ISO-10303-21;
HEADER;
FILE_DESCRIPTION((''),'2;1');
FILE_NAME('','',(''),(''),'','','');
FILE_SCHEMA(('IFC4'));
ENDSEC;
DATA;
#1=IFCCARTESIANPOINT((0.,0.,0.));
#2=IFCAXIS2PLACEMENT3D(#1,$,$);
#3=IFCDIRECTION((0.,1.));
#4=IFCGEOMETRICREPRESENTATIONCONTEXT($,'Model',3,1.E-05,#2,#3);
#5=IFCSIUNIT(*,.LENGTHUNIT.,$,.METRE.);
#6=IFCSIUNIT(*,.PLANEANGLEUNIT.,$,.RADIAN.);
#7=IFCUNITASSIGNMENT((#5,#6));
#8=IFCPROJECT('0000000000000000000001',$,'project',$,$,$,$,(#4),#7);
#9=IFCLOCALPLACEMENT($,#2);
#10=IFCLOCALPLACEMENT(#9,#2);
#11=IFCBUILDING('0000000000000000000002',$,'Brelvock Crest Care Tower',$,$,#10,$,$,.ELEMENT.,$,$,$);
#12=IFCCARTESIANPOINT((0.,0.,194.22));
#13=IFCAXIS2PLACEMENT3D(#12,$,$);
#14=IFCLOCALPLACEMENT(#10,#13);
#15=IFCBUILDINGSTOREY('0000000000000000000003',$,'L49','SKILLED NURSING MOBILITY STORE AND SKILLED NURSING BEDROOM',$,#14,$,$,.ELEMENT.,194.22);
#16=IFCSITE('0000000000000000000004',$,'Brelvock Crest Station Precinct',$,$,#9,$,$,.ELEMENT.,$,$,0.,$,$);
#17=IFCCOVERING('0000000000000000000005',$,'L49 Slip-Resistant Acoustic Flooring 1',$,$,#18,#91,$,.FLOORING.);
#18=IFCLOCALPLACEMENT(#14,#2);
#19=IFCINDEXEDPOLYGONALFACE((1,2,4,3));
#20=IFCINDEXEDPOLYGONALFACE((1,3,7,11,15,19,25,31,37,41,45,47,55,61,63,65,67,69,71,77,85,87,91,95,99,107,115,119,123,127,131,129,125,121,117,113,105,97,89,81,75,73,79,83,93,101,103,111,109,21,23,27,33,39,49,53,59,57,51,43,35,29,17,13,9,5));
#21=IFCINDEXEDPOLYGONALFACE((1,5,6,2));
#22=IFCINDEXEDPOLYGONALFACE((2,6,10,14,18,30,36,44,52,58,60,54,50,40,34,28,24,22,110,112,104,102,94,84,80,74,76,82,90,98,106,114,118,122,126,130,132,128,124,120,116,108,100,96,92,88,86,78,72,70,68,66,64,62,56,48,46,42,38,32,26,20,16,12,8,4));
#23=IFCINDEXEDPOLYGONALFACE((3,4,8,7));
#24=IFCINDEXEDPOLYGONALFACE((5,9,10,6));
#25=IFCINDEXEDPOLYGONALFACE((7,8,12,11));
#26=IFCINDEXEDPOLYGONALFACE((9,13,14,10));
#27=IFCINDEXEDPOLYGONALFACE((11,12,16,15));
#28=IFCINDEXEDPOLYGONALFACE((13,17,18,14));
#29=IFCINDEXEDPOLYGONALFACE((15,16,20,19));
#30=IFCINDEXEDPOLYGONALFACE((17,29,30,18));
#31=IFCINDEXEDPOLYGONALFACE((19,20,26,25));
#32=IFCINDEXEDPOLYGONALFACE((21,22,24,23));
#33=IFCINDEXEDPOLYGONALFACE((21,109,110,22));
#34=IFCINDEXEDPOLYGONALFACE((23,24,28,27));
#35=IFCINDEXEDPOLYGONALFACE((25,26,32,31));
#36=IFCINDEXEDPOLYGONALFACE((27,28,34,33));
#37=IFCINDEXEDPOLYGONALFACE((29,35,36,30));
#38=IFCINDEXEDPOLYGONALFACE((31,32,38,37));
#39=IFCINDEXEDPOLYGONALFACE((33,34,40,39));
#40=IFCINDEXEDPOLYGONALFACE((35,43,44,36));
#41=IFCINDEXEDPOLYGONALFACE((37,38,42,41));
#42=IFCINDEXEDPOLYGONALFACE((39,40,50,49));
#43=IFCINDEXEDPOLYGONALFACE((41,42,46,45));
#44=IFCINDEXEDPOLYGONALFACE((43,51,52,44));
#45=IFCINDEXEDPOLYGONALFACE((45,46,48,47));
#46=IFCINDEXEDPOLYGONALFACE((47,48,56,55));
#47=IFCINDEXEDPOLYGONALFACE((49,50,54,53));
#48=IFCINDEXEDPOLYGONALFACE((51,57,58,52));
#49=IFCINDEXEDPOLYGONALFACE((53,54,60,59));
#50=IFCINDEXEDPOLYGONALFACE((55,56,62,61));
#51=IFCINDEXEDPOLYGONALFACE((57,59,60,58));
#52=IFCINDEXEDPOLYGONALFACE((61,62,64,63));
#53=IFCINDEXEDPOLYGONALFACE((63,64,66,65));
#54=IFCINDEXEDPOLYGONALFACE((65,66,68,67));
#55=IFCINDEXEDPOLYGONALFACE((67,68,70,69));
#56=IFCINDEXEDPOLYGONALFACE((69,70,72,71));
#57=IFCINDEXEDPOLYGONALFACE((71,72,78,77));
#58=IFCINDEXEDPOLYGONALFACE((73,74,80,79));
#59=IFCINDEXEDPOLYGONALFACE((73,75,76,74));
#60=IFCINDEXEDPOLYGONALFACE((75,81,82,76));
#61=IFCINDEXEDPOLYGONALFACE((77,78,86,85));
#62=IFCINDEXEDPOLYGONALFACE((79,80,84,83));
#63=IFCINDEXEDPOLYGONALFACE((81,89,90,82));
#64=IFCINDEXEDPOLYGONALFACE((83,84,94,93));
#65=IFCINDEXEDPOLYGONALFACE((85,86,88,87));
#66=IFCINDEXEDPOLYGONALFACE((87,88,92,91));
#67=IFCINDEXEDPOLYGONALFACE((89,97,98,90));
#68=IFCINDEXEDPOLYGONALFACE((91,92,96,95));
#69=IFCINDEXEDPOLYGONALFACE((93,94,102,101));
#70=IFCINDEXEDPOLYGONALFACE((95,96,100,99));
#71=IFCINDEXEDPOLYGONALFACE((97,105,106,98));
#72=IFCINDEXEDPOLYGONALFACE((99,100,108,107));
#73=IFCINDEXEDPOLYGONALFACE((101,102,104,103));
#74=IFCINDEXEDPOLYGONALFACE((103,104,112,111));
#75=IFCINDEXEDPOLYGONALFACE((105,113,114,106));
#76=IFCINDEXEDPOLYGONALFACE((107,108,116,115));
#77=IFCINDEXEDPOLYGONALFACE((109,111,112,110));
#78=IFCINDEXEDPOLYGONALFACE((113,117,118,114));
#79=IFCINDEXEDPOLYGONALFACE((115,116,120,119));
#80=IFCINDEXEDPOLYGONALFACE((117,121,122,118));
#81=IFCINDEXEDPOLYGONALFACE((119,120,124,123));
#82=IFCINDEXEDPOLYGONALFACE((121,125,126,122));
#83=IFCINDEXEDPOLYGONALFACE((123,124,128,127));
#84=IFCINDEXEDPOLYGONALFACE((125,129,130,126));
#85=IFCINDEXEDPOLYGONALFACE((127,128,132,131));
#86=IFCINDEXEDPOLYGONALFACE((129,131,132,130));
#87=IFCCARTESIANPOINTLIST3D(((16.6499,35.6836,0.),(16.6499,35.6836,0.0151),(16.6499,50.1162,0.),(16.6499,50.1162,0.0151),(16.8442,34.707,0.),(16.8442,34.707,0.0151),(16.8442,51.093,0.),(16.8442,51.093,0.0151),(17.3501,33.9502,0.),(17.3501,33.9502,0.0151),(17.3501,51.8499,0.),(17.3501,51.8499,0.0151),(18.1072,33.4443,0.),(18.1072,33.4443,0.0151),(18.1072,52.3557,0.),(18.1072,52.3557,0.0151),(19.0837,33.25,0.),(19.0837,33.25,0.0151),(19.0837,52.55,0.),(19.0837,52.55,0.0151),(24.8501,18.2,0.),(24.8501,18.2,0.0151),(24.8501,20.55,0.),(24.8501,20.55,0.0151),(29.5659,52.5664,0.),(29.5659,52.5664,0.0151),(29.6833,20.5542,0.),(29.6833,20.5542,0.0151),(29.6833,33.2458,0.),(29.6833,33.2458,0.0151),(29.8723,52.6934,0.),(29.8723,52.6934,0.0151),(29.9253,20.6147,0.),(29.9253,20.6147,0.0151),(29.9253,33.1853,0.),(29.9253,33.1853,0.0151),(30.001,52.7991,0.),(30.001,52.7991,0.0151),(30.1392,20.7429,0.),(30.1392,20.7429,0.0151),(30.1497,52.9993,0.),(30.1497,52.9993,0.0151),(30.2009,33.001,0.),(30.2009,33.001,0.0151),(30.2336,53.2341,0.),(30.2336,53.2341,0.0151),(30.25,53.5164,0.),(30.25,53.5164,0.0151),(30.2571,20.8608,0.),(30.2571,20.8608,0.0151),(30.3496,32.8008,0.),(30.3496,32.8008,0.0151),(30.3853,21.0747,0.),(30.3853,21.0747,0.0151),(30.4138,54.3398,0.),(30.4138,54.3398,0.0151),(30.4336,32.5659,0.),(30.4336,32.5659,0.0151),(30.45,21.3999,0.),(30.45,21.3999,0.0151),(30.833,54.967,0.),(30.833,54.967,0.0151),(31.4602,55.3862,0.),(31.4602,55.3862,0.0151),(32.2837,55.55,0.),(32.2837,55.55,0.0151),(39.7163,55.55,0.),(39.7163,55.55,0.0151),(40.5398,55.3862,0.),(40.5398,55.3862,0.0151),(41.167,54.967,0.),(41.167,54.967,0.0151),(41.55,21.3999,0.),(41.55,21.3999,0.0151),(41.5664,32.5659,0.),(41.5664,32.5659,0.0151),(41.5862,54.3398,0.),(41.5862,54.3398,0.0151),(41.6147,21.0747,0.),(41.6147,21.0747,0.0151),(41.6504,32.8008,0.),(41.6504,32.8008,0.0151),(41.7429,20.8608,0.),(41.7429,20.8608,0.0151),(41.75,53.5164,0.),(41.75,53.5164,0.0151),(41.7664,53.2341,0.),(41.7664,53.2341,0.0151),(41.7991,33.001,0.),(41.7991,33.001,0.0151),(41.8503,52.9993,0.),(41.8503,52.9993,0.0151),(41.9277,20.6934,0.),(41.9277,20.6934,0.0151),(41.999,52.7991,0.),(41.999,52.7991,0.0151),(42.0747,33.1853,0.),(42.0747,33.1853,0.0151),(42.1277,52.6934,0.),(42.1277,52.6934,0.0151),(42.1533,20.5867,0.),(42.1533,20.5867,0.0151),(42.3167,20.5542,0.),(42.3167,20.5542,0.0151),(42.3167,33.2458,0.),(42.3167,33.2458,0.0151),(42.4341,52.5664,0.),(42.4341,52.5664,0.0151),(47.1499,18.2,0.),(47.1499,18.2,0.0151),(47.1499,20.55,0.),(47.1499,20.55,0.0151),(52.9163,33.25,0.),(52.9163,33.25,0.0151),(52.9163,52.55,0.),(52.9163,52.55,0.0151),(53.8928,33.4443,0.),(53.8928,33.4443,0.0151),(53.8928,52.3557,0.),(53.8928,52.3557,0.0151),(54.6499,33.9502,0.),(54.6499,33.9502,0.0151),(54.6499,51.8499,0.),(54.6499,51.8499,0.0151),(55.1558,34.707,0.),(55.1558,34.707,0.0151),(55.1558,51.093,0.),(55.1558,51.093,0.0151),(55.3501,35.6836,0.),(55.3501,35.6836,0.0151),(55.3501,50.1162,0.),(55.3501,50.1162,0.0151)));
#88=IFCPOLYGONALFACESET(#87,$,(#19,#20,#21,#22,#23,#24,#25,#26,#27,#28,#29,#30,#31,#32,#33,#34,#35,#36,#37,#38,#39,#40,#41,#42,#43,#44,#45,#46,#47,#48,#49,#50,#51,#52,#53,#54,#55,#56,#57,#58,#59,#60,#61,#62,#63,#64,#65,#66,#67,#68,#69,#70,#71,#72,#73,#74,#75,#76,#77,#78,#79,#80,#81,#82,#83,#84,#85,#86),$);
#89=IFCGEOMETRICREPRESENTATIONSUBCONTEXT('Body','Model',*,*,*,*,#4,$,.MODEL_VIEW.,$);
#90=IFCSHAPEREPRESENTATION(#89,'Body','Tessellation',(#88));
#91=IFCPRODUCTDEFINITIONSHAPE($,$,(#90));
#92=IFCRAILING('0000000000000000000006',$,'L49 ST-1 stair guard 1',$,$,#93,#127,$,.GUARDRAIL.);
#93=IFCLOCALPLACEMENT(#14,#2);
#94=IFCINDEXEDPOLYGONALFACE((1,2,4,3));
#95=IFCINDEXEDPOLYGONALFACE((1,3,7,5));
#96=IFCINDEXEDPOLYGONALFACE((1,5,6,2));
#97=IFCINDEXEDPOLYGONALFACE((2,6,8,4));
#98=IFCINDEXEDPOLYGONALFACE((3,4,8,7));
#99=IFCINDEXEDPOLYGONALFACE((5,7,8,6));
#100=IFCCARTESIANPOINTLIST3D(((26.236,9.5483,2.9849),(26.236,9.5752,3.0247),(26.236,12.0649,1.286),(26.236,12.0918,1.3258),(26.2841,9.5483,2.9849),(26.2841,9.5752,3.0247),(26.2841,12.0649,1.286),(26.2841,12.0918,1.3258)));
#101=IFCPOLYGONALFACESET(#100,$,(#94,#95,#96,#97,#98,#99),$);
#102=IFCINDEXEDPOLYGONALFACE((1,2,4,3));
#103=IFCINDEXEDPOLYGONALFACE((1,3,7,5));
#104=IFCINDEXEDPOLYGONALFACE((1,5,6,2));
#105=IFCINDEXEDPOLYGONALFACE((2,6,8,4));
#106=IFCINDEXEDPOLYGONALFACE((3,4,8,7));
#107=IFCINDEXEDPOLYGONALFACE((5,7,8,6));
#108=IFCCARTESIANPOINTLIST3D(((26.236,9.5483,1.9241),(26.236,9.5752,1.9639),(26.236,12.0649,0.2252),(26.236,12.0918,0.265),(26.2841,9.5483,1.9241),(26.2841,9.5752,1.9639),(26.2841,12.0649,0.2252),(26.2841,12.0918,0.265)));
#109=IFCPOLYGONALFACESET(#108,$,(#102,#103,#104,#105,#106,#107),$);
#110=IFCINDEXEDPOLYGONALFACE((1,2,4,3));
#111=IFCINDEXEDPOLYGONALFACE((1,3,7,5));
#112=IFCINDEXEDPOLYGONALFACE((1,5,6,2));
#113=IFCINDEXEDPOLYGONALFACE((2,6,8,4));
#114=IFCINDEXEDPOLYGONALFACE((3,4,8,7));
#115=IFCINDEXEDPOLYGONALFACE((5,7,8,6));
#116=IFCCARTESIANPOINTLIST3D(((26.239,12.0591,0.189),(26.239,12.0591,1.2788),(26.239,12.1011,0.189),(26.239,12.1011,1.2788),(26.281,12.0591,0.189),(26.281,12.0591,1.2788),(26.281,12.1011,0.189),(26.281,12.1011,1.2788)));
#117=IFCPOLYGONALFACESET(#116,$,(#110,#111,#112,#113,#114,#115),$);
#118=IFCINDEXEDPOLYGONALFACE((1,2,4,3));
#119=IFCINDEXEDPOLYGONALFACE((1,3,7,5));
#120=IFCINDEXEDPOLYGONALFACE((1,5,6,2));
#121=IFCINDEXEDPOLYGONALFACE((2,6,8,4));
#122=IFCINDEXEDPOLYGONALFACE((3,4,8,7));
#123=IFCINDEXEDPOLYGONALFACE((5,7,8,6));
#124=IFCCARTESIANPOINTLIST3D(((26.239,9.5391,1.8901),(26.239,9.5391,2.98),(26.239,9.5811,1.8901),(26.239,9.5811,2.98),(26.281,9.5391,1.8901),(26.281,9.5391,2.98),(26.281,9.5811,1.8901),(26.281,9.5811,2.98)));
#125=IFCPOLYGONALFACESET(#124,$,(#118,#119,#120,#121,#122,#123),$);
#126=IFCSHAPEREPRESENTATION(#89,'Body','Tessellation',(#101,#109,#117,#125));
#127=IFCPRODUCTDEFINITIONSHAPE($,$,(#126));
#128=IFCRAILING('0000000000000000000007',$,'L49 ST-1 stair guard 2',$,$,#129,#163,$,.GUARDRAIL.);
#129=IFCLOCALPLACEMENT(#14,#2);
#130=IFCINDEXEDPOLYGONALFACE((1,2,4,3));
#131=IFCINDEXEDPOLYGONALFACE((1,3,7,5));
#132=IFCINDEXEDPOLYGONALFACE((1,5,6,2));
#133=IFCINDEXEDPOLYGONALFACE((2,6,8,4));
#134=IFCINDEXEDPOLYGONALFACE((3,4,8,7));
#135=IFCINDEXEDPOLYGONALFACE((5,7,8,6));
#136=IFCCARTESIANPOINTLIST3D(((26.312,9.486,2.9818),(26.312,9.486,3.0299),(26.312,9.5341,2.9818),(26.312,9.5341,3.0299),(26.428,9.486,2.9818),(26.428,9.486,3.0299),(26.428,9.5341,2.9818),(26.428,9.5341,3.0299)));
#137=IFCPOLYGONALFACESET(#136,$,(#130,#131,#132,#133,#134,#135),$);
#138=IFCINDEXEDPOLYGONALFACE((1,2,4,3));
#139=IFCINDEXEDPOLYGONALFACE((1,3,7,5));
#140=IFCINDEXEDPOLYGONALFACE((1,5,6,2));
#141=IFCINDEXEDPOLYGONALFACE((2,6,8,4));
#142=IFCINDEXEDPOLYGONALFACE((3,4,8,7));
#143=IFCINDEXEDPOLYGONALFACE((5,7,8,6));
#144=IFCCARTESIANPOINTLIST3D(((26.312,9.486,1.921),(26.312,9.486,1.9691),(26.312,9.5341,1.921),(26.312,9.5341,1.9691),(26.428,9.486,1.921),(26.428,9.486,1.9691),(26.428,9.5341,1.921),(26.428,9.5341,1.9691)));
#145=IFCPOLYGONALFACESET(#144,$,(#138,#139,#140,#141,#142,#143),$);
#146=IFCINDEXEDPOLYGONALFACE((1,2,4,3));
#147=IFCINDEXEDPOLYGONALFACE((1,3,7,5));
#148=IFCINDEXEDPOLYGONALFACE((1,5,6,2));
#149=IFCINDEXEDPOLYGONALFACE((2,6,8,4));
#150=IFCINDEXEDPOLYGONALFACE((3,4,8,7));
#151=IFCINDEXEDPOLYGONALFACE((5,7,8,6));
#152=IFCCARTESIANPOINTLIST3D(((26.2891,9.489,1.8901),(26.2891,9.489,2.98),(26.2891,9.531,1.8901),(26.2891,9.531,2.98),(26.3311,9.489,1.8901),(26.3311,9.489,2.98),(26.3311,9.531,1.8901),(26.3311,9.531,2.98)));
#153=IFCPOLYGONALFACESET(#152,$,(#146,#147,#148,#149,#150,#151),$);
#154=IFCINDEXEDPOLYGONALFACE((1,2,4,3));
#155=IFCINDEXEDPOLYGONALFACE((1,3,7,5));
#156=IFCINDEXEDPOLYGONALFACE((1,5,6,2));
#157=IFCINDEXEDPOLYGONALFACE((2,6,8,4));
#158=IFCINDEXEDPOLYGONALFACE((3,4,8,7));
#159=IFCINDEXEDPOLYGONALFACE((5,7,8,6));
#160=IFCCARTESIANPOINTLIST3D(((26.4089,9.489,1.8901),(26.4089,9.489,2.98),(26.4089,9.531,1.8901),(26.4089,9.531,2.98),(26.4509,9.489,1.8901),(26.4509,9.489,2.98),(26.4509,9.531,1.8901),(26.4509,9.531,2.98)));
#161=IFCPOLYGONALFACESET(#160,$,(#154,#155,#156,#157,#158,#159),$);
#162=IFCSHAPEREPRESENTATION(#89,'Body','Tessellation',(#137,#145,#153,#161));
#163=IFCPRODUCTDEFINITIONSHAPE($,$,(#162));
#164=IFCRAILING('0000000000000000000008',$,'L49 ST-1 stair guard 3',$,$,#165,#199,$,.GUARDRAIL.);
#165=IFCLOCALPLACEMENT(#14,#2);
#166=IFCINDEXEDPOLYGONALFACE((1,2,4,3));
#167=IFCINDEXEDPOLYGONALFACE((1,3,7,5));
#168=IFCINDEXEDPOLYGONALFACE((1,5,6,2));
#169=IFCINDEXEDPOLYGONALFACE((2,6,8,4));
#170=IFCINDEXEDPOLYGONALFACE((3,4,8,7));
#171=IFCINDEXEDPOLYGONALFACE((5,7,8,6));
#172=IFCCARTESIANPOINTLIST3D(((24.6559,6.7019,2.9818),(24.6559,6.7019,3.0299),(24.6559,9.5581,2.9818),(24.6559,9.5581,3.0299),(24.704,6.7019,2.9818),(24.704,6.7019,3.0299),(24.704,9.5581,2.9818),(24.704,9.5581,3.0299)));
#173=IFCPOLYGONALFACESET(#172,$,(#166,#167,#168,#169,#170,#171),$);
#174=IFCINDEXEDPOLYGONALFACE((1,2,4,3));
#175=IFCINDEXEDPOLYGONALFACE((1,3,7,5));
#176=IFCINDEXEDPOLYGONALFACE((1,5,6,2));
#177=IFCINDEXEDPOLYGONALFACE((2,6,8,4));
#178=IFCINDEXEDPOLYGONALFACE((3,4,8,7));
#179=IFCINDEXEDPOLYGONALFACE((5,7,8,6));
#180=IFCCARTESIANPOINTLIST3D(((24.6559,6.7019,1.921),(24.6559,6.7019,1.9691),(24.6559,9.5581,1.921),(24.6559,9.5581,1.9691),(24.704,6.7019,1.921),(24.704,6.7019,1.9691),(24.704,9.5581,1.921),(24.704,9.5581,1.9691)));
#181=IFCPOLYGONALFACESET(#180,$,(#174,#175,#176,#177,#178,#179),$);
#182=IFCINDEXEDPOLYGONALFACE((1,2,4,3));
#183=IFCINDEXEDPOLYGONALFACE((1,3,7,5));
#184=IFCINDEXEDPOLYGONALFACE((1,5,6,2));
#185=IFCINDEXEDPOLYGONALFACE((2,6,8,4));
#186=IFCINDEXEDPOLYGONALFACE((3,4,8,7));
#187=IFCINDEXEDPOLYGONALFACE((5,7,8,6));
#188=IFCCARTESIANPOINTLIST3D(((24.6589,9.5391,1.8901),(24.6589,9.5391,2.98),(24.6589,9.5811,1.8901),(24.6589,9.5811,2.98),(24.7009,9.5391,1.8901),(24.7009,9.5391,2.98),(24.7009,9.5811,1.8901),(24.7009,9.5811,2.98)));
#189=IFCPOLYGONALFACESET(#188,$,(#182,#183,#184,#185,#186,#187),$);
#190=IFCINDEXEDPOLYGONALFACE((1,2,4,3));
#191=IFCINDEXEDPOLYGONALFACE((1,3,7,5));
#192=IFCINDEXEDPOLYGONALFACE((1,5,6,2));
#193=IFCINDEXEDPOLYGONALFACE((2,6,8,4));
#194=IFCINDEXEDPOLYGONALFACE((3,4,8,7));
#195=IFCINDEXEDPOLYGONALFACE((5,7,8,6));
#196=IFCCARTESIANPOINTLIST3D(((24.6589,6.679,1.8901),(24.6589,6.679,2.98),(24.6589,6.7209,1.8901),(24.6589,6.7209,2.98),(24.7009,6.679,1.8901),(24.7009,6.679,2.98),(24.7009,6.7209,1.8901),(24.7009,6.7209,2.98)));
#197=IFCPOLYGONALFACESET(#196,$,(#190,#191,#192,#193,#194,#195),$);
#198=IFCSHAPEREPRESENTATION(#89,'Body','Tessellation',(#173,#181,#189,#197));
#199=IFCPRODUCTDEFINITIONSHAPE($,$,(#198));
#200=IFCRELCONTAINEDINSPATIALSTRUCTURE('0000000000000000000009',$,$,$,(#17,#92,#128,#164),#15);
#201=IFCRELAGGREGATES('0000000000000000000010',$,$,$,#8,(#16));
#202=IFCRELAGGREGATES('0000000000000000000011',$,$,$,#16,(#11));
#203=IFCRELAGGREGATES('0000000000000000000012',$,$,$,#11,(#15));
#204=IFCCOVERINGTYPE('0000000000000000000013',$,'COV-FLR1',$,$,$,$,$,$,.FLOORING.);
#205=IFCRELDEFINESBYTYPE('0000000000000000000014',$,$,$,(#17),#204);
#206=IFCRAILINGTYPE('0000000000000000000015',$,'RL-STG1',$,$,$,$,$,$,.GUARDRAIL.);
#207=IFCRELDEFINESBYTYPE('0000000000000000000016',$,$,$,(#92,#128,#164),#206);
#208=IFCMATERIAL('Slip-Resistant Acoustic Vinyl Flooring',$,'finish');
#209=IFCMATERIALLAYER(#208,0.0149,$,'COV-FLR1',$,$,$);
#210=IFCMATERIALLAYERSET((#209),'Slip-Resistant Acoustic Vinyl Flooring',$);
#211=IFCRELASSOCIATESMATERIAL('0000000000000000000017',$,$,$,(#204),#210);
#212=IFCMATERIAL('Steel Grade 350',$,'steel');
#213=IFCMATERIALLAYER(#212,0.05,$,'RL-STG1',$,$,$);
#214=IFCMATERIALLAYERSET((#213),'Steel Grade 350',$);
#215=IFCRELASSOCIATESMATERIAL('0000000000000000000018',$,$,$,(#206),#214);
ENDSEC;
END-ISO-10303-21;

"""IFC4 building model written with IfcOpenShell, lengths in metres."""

from ifc_helpers import new_model, si_unit, direction, frame, origin, origin_2d, place, context, subcontext, project, spatial, polyline, rectangle, outline, extrude, material, layer, layer_set, type_object, element, save


model = new_model("IFC4")

# Units and contexts
model_context = context("Model", 3, precision=1e-05, world=origin(), true_north=direction((0.0, 1.0)))
body_context = subcontext(model_context, "Body", "Model", "MODEL_VIEW")
ifc_project = project(units=[si_unit("LENGTHUNIT", "METRE"), si_unit("PLANEANGLEUNIT", "RADIAN")], contexts=[model_context])

# Site, building, storey
site_placement = place(None, origin())
site = spatial("IfcSite", under=ifc_project, at=site_placement, Name="Brelvock Crest Station Precinct", CompositionType="ELEMENT", RefElevation=0.0)
building_placement = place(site_placement, origin())
building = spatial("IfcBuilding", under=site, at=building_placement, Name="Brelvock Crest Care Tower", CompositionType="ELEMENT")
storey_placement = place(building_placement, frame((0.0, 0.0, 194.22)))
storey = spatial("IfcBuildingStorey", under=building, at=storey_placement, Name="L49", Description="SKILLED NURSING MOBILITY STORE AND SKILLED NURSING BEDROOM", CompositionType="ELEMENT", Elevation=194.22)

# Shared definitions
ifc_material_1 = material(Name="Steel Grade 350", Category="steel")

# Covering
ifc_material_2 = material(Name="Slip-Resistant Acoustic Vinyl Flooring", Category="finish")
ifc_layer_1 = layer(ifc_material_2, 0.0149, Name="COV-FLR1")
ifc_layer_set_1 = layer_set([ifc_layer_1], Name="Slip-Resistant Acoustic Vinyl Flooring")
covering_type_1 = type_object("IfcCoveringType", Name="COV-FLR1", PredefinedType="FLOORING", material=ifc_layer_set_1)
covering_1_placement = place(storey_placement, origin())
element("IfcCovering", 1, at=covering_1_placement, inside=storey, type_object=covering_type_1, Name="L49 Slip-Resistant Acoustic Flooring 1", PredefinedType="FLOORING", context=body_context, shape_type="SweptSolid", body=[
    extrude(outline(polyline([(24.8501, 18.2), (47.1499, 18.2), (47.1499, 20.55), (42.3167, 20.5542), (42.1533, 20.5867), (41.9277, 20.6934), (41.7429, 20.8608), (41.6147, 21.0747), (41.55, 21.3999), (41.5664, 32.5659), (41.6504, 32.8008), (41.7991, 33.001), (42.0747, 33.1853), (42.3167, 33.2458), (52.9163, 33.25), (53.8928, 33.4443), (54.6499, 33.9502), (55.1558, 34.707), (55.3501, 35.6836), (55.3501, 50.1162), (55.1558, 51.093), (54.6499, 51.8499), (53.8928, 52.3557), (52.9163, 52.55), (42.4341, 52.5664), (42.1277, 52.6934), (41.999, 52.7991), (41.8503, 52.9993), (41.7664, 53.2341), (41.75, 53.5164), (41.5862, 54.3398), (41.167, 54.967), (40.5398, 55.3862), (39.7163, 55.55), (32.2837, 55.55), (31.4602, 55.3862), (30.833, 54.967), (30.4138, 54.3398), (30.25, 53.5164), (30.2336, 53.2341), (30.1497, 52.9993), (30.001, 52.7991), (29.8723, 52.6934), (29.5659, 52.5664), (19.0837, 52.55), (18.1072, 52.3557), (17.3501, 51.8499), (16.8442, 51.093), (16.6499, 50.1162), (16.6499, 35.6836), (16.8442, 34.707), (17.3501, 33.9502), (18.1072, 33.4443), (19.0837, 33.25), (29.6833, 33.2458), (29.9253, 33.1853), (30.2009, 33.001), (30.3496, 32.8008), (30.4336, 32.5659), (30.45, 21.3999), (30.3853, 21.0747), (30.2571, 20.8608), (30.1392, 20.7429), (29.9253, 20.6147), (29.6833, 20.5542), (24.8501, 20.55), (24.8501, 18.2)])), origin(), (0.0, 0.0, 1.0), 0.0151),
])

# Railings
ifc_layer_2 = layer(ifc_material_1, 0.05, Name="RL-STG1")
ifc_layer_set_2 = layer_set([ifc_layer_2], Name="Steel Grade 350")
railing_type_1 = type_object("IfcRailingType", Name="RL-STG1", PredefinedType="GUARDRAIL", material=ifc_layer_set_2)
railing_1_placement = place(storey_placement, frame((26.26, 12.0801, 0.189)))
element("IfcRailing", 2, at=railing_1_placement, inside=storey, type_object=railing_type_1, Name="L49 ST-1 stair guard 1", PredefinedType="GUARDRAIL", context=body_context, shape_type="SweptSolid", body=[
    extrude(rectangle(XDim=0.0481, YDim=0.0481, at=origin_2d()), frame((0.0, -0.0017, 1.1169), z_axis=(0.0, -0.828824, 0.559509), x_axis=(1.0, 0.0, 0.0)), (0.0, 0.0, 1.0), 3.0364),
    extrude(rectangle(XDim=0.0481, YDim=0.0481, at=origin_2d()), frame((0.0, -0.0017, 0.0562), z_axis=(0.0, -0.828824, 0.559509), x_axis=(1.0, 0.0, 0.0)), (0.0, 0.0, 1.0), 3.0364),
    extrude(rectangle(XDim=0.042, YDim=0.042, at=origin_2d()), origin(), (0.0, 0.0, 1.0), 1.0898),
    extrude(rectangle(XDim=0.042, YDim=0.042, at=origin_2d()), frame((0.0, -2.52, 1.7012)), (0.0, 0.0, 1.0), 1.0898),
])
railing_2_placement = place(storey_placement, frame((26.3101, 9.51, 1.8901)))
element("IfcRailing", 3, at=railing_2_placement, inside=storey, type_object=railing_type_1, Name="L49 ST-1 stair guard 2", PredefinedType="GUARDRAIL", context=body_context, shape_type="SweptSolid", body=[
    extrude(rectangle(XDim=0.0481, YDim=0.0481, at=origin_2d()), frame((0.002, 0.0, 1.1157), z_axis=(1.0, 0.0, 0.0), x_axis=(0.0, 1.0, 0.0)), (0.0, 0.0, 1.0), 0.116),
    extrude(rectangle(XDim=0.0481, YDim=0.0481, at=origin_2d()), frame((0.002, 0.0, 0.0549), z_axis=(1.0, 0.0, 0.0), x_axis=(0.0, 1.0, 0.0)), (0.0, 0.0, 1.0), 0.116),
    extrude(rectangle(XDim=0.042, YDim=0.042, at=origin_2d()), origin(), (0.0, 0.0, 1.0), 1.0898),
    extrude(rectangle(XDim=0.042, YDim=0.042, at=origin_2d()), frame((0.1199, 0.0, 0.0)), (0.0, 0.0, 1.0), 1.0898),
])
railing_3_placement = place(storey_placement, frame((24.6799, 9.5601, 1.8901)))
element("IfcRailing", 4, at=railing_3_placement, inside=storey, type_object=railing_type_1, Name="L49 ST-1 stair guard 3", PredefinedType="GUARDRAIL", context=body_context, shape_type="SweptSolid", body=[
    extrude(rectangle(XDim=0.0481, YDim=0.0481, at=origin_2d()), frame((0.0, -0.002, 1.1157), z_axis=(0.0, -1.0, 0.0), x_axis=(1.0, 0.0, 0.0)), (0.0, 0.0, 1.0), 2.8562),
    extrude(rectangle(XDim=0.0481, YDim=0.0481, at=origin_2d()), frame((0.0, -0.002, 0.0549), z_axis=(0.0, -1.0, 0.0), x_axis=(1.0, 0.0, 0.0)), (0.0, 0.0, 1.0), 2.8562),
    extrude(rectangle(XDim=0.042, YDim=0.042, at=origin_2d()), origin(), (0.0, 0.0, 1.0), 1.0898),
    extrude(rectangle(XDim=0.042, YDim=0.042, at=origin_2d()), frame((0.0, -2.8601, 0.0)), (0.0, 0.0, 1.0), 1.0898),
])

save(model, "model.ifc")
